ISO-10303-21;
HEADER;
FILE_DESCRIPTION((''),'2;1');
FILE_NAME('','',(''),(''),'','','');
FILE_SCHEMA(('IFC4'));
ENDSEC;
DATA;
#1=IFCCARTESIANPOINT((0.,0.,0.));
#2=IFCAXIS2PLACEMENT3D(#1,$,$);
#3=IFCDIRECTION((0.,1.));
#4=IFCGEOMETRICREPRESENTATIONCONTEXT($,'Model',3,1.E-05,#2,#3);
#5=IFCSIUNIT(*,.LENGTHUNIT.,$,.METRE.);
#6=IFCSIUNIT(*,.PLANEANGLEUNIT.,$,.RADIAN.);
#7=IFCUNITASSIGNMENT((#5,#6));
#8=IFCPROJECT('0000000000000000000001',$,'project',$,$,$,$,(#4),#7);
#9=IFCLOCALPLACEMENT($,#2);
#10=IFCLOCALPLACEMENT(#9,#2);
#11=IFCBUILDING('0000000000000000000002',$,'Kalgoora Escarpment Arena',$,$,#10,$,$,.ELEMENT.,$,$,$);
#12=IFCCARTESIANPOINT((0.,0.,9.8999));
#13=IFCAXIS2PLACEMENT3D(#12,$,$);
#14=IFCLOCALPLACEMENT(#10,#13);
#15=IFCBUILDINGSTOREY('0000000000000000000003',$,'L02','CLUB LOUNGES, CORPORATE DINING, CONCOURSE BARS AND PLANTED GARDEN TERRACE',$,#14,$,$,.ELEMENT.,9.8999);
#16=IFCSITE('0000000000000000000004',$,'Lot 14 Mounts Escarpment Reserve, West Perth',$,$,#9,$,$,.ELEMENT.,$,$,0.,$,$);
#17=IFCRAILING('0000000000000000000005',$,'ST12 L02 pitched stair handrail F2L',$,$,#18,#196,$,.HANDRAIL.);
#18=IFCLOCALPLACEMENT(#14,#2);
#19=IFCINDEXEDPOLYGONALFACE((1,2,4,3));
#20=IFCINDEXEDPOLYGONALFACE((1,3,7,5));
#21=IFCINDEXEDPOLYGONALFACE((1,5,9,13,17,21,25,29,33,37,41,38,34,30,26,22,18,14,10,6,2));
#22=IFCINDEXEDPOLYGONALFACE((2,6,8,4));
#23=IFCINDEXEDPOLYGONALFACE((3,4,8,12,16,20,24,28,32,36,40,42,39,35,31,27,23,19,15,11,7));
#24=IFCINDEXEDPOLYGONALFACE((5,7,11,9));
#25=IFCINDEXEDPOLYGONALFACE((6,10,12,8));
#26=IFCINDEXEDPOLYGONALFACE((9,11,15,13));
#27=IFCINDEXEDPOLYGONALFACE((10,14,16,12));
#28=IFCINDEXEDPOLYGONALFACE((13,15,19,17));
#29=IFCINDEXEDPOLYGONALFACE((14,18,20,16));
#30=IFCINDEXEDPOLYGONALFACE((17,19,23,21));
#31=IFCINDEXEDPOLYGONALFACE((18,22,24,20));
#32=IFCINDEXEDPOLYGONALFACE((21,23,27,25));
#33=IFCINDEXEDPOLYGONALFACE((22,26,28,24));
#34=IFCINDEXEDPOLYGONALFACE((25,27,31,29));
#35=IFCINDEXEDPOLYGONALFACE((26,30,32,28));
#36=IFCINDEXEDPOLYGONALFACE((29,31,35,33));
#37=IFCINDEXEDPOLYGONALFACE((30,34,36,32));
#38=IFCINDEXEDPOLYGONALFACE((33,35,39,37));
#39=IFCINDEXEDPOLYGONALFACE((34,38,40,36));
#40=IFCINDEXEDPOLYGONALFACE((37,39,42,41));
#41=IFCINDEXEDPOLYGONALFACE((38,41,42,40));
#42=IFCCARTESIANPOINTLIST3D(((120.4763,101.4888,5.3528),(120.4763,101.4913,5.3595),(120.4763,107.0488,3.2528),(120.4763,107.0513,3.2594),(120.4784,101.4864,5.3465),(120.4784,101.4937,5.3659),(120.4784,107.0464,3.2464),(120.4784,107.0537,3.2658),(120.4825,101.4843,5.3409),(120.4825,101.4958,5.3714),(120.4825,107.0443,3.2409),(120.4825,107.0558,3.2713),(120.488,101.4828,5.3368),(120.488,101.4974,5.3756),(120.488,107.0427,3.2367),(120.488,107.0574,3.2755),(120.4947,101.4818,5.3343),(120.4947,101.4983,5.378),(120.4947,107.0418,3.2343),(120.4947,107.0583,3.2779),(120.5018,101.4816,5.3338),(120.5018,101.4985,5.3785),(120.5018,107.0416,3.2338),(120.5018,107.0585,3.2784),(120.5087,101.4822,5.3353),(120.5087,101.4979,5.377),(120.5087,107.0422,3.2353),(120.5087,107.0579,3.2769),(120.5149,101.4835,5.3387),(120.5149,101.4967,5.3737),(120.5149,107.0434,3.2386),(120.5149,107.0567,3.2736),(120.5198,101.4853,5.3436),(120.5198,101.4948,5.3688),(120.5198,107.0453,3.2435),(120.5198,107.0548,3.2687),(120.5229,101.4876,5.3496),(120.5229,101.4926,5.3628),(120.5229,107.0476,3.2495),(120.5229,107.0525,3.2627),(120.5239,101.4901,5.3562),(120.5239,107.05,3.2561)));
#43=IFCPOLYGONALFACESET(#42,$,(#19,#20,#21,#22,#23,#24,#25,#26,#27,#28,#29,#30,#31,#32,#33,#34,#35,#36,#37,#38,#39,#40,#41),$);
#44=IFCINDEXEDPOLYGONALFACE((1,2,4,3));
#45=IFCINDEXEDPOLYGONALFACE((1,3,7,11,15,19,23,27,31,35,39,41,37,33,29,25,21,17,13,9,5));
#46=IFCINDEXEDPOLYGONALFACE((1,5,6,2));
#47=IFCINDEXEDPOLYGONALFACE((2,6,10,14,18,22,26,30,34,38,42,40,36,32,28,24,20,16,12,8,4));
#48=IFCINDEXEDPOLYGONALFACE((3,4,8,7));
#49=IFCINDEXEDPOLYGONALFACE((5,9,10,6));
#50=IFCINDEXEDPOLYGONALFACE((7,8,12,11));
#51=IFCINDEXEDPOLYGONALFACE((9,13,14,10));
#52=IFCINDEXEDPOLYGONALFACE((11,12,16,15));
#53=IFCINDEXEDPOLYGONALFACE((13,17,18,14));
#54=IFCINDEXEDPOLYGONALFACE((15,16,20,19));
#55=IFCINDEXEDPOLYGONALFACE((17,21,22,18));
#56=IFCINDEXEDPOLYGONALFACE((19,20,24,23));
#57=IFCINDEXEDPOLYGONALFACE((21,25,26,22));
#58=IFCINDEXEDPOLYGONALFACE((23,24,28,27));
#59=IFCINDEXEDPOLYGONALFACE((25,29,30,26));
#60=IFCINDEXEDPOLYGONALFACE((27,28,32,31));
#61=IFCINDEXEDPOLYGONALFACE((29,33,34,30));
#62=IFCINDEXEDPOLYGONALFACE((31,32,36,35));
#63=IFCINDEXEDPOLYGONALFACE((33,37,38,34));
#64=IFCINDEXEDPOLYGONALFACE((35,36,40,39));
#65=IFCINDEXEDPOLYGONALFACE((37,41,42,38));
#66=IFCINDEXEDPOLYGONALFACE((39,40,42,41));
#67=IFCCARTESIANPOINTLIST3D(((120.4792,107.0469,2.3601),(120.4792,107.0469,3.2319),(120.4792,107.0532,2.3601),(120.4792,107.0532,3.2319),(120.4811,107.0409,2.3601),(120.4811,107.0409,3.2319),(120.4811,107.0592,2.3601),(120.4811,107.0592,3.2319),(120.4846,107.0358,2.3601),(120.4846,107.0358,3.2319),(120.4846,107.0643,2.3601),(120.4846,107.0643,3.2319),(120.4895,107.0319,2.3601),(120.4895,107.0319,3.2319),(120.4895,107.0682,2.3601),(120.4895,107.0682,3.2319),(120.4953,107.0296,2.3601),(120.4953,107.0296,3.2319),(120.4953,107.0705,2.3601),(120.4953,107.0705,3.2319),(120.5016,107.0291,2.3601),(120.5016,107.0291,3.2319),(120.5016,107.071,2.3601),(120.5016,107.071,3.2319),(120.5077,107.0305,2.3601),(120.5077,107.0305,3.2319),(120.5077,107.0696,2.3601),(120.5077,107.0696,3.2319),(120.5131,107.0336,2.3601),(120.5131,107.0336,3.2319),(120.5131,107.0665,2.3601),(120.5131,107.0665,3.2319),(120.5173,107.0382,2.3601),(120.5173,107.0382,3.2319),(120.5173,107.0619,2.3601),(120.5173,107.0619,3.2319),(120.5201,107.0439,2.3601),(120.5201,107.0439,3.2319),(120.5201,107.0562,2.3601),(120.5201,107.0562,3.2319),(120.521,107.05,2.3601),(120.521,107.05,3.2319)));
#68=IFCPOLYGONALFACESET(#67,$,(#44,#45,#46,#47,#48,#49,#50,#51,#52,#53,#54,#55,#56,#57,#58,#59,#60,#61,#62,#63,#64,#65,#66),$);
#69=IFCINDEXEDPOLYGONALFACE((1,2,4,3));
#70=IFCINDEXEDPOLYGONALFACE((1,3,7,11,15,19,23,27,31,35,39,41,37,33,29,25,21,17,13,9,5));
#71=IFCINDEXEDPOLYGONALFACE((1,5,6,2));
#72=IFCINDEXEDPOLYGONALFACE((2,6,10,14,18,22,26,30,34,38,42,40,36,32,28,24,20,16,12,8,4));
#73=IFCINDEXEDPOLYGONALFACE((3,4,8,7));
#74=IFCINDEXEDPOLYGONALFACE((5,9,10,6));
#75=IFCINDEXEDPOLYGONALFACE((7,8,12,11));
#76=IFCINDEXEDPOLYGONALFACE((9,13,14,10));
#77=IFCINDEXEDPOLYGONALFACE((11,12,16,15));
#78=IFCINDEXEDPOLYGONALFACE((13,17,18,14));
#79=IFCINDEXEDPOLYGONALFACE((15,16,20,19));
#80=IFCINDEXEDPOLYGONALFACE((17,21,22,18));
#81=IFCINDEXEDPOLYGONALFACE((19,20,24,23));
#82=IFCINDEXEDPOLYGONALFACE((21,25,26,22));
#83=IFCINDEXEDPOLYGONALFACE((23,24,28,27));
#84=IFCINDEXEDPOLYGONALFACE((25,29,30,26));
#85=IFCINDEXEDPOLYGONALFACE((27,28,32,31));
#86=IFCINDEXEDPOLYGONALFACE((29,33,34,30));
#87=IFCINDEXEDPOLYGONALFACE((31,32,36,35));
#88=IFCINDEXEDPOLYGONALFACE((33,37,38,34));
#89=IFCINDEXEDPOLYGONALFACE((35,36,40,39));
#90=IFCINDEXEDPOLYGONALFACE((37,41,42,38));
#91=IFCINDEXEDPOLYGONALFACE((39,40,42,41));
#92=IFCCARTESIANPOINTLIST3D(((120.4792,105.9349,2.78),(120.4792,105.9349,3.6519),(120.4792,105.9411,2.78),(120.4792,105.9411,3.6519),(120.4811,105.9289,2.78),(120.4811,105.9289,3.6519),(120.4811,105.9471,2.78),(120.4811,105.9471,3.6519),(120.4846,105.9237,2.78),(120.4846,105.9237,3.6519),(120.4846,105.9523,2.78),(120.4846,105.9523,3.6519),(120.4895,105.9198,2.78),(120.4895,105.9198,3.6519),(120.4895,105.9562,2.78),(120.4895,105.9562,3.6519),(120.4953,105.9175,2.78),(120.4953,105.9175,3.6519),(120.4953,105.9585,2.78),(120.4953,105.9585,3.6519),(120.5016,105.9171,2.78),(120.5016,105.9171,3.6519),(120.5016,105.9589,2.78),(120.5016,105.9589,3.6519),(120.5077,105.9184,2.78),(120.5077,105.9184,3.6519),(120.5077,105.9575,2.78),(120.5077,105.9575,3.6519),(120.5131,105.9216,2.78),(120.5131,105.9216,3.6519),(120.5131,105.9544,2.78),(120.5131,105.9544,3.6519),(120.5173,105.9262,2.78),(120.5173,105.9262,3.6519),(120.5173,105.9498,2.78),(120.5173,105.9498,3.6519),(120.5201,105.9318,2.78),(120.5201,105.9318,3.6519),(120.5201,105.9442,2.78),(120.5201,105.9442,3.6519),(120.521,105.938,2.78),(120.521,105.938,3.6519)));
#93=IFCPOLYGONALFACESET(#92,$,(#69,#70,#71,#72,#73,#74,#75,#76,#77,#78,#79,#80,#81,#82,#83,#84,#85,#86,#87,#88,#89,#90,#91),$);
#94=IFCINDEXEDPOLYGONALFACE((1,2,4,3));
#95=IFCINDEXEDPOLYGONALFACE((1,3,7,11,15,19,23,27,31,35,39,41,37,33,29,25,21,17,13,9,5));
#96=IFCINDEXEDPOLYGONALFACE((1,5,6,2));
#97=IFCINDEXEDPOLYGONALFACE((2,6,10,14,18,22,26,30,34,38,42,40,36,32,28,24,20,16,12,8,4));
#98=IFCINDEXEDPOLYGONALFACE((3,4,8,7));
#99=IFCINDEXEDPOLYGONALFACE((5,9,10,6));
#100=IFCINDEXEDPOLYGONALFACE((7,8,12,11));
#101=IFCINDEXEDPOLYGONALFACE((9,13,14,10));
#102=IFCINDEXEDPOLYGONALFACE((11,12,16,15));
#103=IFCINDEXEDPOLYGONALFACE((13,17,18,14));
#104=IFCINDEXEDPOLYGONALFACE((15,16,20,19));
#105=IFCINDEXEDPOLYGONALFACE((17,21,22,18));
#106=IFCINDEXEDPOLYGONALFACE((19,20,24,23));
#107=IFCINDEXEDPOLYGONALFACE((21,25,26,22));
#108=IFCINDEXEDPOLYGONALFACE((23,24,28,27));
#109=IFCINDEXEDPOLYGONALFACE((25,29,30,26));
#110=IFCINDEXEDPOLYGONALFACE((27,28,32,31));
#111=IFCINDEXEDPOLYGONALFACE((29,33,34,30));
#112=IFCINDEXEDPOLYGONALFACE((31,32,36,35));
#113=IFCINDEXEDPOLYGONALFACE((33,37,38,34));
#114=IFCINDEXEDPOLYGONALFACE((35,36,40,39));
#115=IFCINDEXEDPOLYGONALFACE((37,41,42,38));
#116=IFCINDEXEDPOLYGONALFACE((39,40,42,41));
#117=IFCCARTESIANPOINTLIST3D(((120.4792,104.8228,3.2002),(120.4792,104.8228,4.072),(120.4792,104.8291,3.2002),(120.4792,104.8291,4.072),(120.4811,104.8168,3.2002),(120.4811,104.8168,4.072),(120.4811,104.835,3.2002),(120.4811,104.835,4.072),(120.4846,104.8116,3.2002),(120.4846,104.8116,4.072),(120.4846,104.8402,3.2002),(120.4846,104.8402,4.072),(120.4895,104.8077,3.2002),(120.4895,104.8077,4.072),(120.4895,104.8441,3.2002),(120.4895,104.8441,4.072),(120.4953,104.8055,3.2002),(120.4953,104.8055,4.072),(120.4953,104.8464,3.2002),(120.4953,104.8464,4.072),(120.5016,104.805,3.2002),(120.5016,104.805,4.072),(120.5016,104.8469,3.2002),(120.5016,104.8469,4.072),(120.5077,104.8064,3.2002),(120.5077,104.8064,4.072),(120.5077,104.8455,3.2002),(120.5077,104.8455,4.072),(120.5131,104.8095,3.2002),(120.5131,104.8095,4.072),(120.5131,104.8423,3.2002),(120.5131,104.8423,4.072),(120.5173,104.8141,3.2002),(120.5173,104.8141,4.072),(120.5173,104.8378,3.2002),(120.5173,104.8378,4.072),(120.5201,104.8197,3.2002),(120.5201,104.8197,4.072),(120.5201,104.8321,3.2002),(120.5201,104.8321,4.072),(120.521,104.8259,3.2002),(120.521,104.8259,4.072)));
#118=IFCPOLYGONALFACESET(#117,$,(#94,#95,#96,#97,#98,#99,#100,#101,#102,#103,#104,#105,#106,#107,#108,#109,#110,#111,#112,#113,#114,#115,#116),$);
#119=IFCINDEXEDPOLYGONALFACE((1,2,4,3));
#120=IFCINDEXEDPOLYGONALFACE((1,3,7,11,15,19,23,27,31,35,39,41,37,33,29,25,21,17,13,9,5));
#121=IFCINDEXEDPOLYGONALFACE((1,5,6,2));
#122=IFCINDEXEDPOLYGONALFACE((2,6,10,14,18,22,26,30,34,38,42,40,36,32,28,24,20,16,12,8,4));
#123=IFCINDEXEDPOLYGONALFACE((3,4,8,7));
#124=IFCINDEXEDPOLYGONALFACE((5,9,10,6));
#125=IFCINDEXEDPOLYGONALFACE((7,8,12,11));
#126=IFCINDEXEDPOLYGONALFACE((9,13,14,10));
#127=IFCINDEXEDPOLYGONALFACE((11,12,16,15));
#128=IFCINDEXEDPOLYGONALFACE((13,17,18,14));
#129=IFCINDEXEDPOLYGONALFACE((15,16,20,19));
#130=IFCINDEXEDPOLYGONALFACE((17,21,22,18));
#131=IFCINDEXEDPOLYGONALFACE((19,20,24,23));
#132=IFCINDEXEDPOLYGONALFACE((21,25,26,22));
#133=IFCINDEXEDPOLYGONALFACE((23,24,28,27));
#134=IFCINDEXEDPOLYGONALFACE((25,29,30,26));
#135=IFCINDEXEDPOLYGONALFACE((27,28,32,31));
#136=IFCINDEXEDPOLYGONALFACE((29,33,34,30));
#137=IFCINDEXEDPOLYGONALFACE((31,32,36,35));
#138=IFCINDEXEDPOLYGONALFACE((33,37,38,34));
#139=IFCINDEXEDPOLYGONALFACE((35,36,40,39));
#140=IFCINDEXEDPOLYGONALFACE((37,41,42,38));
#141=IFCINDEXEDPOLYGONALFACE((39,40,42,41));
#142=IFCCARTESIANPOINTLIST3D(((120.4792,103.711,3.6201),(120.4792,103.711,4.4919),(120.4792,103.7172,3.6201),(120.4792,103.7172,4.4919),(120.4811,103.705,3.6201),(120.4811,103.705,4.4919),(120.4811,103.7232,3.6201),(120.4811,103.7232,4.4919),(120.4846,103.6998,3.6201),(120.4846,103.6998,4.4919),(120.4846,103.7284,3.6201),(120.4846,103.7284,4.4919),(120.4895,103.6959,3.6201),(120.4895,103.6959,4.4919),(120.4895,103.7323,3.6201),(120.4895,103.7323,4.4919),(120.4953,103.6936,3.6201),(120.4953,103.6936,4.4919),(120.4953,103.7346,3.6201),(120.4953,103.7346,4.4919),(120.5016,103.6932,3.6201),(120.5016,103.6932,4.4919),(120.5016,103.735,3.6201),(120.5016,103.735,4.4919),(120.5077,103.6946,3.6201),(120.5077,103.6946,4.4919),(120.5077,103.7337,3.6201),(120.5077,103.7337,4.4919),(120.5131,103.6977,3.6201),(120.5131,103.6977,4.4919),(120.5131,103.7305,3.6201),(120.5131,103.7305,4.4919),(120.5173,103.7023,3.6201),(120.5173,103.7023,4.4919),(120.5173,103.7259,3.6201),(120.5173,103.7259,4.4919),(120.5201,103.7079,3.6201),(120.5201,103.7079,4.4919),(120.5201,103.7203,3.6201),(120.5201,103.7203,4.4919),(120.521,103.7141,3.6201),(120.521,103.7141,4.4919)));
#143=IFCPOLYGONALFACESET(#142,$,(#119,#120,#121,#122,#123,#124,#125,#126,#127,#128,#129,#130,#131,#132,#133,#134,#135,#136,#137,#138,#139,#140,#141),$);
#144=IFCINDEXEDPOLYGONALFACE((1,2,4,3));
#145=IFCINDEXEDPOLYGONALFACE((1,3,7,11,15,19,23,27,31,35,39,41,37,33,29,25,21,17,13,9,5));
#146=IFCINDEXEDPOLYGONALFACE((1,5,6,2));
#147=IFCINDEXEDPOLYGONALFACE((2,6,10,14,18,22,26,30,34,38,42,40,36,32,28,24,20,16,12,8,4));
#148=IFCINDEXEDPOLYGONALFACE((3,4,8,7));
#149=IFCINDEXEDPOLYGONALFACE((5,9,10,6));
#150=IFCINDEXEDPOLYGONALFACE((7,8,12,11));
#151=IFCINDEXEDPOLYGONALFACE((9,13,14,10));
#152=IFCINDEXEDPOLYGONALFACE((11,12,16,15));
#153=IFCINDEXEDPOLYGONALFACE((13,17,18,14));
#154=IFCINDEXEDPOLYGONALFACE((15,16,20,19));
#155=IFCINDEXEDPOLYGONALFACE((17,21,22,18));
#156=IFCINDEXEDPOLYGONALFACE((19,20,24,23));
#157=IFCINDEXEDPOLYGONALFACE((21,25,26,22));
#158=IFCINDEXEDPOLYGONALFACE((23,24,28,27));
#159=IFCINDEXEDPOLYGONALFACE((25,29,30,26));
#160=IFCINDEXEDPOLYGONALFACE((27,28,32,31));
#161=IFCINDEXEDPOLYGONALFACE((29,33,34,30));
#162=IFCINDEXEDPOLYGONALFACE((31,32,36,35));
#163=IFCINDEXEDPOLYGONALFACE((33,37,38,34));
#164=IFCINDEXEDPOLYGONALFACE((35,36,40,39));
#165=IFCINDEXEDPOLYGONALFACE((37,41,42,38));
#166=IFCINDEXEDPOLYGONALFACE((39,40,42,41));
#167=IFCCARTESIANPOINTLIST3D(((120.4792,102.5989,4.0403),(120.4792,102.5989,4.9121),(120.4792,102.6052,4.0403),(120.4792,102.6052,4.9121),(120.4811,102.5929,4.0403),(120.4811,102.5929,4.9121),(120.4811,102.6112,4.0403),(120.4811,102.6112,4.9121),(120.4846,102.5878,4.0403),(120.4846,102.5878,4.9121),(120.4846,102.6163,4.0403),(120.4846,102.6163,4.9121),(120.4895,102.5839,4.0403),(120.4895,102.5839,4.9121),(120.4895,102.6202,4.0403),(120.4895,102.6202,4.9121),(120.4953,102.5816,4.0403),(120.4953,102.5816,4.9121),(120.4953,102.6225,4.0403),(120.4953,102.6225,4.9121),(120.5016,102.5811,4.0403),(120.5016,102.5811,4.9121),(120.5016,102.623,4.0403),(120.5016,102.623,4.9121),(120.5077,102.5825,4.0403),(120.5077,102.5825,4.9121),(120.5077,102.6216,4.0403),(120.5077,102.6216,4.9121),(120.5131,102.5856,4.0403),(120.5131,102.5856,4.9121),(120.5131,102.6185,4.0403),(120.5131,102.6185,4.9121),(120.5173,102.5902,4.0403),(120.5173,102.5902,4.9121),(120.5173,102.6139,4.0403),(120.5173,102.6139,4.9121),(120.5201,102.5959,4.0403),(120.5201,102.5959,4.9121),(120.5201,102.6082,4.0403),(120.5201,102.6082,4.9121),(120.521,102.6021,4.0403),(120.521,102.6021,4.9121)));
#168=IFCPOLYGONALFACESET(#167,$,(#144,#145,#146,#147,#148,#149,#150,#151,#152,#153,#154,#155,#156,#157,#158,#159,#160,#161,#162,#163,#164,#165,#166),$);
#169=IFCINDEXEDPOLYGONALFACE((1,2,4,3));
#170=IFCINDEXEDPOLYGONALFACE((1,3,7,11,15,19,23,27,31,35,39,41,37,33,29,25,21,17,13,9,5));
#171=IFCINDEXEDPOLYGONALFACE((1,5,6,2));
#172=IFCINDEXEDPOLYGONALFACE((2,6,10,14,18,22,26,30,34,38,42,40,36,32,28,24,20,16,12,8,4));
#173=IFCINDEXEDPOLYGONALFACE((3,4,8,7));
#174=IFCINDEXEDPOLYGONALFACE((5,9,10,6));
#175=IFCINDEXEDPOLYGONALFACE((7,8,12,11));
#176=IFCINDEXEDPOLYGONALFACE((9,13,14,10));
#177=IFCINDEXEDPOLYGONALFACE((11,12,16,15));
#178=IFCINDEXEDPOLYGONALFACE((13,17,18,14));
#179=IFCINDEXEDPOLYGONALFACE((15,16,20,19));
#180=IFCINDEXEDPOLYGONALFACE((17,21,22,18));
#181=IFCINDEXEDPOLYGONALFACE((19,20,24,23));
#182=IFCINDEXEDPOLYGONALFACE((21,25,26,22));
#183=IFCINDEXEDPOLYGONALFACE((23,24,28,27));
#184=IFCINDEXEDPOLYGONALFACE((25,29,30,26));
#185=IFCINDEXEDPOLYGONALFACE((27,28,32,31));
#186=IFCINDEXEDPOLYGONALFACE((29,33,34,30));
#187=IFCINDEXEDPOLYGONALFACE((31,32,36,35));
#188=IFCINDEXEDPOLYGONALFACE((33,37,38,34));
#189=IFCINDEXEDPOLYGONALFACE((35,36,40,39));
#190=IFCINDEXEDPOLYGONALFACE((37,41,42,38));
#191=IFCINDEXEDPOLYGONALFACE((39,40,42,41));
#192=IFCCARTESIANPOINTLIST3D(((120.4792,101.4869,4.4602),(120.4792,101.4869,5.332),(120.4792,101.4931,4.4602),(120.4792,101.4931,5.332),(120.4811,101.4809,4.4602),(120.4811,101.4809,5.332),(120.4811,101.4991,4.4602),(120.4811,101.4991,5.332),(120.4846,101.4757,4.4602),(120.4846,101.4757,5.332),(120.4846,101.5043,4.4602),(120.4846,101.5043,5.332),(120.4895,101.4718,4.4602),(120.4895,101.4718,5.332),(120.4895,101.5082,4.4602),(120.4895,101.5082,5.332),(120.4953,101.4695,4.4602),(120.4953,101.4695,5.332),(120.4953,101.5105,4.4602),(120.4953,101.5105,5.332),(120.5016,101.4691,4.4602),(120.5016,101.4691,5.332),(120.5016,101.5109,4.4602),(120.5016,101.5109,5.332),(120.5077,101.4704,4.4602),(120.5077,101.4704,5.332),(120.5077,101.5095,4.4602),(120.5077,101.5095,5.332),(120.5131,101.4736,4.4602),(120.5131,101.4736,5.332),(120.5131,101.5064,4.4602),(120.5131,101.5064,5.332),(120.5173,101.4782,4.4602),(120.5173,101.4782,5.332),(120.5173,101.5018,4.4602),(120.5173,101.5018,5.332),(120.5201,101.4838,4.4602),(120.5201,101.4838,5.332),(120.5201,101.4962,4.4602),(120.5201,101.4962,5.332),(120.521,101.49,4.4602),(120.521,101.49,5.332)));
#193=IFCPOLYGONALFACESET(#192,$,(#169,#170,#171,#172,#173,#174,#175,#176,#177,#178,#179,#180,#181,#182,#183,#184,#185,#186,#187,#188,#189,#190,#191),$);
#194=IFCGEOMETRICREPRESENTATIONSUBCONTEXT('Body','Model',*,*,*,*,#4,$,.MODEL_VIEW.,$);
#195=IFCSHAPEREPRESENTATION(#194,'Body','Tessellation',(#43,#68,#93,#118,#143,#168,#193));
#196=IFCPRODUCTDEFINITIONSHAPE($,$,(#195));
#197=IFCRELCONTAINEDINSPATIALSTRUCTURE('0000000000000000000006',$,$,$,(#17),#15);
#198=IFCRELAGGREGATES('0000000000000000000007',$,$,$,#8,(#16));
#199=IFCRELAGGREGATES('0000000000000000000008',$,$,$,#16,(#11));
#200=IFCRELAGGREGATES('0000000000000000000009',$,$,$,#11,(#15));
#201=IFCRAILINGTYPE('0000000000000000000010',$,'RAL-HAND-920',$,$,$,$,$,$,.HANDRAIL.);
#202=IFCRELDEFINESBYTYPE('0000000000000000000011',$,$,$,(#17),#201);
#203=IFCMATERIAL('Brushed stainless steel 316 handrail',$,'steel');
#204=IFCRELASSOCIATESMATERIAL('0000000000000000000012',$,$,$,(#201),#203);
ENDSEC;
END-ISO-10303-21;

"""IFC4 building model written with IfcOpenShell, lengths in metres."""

from ifc_helpers import new_model, si_unit, direction, frame, origin, origin_2d, place, context, subcontext, project, spatial, circle, extrude, material, type_object, element, save


model = new_model("IFC4")

# Units and contexts
model_context = context("Model", 3, precision=1e-05, world=origin(), true_north=direction((0.0, 1.0)))
body_context = subcontext(model_context, "Body", "Model", "MODEL_VIEW")
ifc_project = project(units=[si_unit("LENGTHUNIT", "METRE"), si_unit("PLANEANGLEUNIT", "RADIAN")], contexts=[model_context])

# Site, building, storey
site_placement = place(None, origin())
site = spatial("IfcSite", under=ifc_project, at=site_placement, Name="Lot 14 Mounts Escarpment Reserve, West Perth", CompositionType="ELEMENT", RefElevation=0.0)
building_placement = place(site_placement, origin())
building = spatial("IfcBuilding", under=site, at=building_placement, Name="Kalgoora Escarpment Arena", CompositionType="ELEMENT")
storey_placement = place(building_placement, frame((0.0, 0.0, 9.8999)))
storey = spatial("IfcBuildingStorey", under=building, at=storey_placement, Name="L02", Description="CLUB LOUNGES, CORPORATE DINING, CONCOURSE BARS AND PLANTED GARDEN TERRACE", CompositionType="ELEMENT", Elevation=9.8999)

# Railing
ifc_material_1 = material(Name="Brushed stainless steel 316 handrail", Category="steel")
railing_type_1 = type_object("IfcRailingType", Name="RAL-HAND-920", PredefinedType="HANDRAIL", material=ifc_material_1)
for number, where, name in (
    (1, (120.5, 107.05, 2.3601), "ST12 L02 pitched stair handrail F2L"),
):
    element("IfcRailing", number, at=place(storey_placement, frame(where)), inside=storey, type_object=railing_type_1, Name=name, PredefinedType="HANDRAIL", context=body_context, shape_type="SweptSolid", body=[
        extrude(circle(Radius=0.0239, at=origin_2d()), frame((0.0, 0.0, 0.896), z_axis=(0.0, -0.935493, 0.353346), x_axis=(1.0, 0.0, 0.0)), (0.0, 0.0, 1.0), 5.9434),
        extrude(circle(Radius=0.021, at=origin_2d()), origin(), (0.0, 0.0, 1.0), 0.8718),
        extrude(circle(Radius=0.021, at=origin_2d()), frame((0.0, -1.1121, 0.4199)), (0.0, 0.0, 1.0), 0.8718),
        extrude(circle(Radius=0.021, at=origin_2d()), frame((0.0, -2.2241, 0.8401)), (0.0, 0.0, 1.0), 0.8718),
        extrude(circle(Radius=0.021, at=origin_2d()), frame((0.0, -3.3359, 1.26)), (0.0, 0.0, 1.0), 0.8718),
        extrude(circle(Radius=0.021, at=origin_2d()), frame((0.0, -4.448, 1.6802)), (0.0, 0.0, 1.0), 0.8718),
        extrude(circle(Radius=0.021, at=origin_2d()), frame((0.0, -5.5601, 2.1001)), (0.0, 0.0, 1.0), 0.8718),
    ])

save(model, "model.ifc")
